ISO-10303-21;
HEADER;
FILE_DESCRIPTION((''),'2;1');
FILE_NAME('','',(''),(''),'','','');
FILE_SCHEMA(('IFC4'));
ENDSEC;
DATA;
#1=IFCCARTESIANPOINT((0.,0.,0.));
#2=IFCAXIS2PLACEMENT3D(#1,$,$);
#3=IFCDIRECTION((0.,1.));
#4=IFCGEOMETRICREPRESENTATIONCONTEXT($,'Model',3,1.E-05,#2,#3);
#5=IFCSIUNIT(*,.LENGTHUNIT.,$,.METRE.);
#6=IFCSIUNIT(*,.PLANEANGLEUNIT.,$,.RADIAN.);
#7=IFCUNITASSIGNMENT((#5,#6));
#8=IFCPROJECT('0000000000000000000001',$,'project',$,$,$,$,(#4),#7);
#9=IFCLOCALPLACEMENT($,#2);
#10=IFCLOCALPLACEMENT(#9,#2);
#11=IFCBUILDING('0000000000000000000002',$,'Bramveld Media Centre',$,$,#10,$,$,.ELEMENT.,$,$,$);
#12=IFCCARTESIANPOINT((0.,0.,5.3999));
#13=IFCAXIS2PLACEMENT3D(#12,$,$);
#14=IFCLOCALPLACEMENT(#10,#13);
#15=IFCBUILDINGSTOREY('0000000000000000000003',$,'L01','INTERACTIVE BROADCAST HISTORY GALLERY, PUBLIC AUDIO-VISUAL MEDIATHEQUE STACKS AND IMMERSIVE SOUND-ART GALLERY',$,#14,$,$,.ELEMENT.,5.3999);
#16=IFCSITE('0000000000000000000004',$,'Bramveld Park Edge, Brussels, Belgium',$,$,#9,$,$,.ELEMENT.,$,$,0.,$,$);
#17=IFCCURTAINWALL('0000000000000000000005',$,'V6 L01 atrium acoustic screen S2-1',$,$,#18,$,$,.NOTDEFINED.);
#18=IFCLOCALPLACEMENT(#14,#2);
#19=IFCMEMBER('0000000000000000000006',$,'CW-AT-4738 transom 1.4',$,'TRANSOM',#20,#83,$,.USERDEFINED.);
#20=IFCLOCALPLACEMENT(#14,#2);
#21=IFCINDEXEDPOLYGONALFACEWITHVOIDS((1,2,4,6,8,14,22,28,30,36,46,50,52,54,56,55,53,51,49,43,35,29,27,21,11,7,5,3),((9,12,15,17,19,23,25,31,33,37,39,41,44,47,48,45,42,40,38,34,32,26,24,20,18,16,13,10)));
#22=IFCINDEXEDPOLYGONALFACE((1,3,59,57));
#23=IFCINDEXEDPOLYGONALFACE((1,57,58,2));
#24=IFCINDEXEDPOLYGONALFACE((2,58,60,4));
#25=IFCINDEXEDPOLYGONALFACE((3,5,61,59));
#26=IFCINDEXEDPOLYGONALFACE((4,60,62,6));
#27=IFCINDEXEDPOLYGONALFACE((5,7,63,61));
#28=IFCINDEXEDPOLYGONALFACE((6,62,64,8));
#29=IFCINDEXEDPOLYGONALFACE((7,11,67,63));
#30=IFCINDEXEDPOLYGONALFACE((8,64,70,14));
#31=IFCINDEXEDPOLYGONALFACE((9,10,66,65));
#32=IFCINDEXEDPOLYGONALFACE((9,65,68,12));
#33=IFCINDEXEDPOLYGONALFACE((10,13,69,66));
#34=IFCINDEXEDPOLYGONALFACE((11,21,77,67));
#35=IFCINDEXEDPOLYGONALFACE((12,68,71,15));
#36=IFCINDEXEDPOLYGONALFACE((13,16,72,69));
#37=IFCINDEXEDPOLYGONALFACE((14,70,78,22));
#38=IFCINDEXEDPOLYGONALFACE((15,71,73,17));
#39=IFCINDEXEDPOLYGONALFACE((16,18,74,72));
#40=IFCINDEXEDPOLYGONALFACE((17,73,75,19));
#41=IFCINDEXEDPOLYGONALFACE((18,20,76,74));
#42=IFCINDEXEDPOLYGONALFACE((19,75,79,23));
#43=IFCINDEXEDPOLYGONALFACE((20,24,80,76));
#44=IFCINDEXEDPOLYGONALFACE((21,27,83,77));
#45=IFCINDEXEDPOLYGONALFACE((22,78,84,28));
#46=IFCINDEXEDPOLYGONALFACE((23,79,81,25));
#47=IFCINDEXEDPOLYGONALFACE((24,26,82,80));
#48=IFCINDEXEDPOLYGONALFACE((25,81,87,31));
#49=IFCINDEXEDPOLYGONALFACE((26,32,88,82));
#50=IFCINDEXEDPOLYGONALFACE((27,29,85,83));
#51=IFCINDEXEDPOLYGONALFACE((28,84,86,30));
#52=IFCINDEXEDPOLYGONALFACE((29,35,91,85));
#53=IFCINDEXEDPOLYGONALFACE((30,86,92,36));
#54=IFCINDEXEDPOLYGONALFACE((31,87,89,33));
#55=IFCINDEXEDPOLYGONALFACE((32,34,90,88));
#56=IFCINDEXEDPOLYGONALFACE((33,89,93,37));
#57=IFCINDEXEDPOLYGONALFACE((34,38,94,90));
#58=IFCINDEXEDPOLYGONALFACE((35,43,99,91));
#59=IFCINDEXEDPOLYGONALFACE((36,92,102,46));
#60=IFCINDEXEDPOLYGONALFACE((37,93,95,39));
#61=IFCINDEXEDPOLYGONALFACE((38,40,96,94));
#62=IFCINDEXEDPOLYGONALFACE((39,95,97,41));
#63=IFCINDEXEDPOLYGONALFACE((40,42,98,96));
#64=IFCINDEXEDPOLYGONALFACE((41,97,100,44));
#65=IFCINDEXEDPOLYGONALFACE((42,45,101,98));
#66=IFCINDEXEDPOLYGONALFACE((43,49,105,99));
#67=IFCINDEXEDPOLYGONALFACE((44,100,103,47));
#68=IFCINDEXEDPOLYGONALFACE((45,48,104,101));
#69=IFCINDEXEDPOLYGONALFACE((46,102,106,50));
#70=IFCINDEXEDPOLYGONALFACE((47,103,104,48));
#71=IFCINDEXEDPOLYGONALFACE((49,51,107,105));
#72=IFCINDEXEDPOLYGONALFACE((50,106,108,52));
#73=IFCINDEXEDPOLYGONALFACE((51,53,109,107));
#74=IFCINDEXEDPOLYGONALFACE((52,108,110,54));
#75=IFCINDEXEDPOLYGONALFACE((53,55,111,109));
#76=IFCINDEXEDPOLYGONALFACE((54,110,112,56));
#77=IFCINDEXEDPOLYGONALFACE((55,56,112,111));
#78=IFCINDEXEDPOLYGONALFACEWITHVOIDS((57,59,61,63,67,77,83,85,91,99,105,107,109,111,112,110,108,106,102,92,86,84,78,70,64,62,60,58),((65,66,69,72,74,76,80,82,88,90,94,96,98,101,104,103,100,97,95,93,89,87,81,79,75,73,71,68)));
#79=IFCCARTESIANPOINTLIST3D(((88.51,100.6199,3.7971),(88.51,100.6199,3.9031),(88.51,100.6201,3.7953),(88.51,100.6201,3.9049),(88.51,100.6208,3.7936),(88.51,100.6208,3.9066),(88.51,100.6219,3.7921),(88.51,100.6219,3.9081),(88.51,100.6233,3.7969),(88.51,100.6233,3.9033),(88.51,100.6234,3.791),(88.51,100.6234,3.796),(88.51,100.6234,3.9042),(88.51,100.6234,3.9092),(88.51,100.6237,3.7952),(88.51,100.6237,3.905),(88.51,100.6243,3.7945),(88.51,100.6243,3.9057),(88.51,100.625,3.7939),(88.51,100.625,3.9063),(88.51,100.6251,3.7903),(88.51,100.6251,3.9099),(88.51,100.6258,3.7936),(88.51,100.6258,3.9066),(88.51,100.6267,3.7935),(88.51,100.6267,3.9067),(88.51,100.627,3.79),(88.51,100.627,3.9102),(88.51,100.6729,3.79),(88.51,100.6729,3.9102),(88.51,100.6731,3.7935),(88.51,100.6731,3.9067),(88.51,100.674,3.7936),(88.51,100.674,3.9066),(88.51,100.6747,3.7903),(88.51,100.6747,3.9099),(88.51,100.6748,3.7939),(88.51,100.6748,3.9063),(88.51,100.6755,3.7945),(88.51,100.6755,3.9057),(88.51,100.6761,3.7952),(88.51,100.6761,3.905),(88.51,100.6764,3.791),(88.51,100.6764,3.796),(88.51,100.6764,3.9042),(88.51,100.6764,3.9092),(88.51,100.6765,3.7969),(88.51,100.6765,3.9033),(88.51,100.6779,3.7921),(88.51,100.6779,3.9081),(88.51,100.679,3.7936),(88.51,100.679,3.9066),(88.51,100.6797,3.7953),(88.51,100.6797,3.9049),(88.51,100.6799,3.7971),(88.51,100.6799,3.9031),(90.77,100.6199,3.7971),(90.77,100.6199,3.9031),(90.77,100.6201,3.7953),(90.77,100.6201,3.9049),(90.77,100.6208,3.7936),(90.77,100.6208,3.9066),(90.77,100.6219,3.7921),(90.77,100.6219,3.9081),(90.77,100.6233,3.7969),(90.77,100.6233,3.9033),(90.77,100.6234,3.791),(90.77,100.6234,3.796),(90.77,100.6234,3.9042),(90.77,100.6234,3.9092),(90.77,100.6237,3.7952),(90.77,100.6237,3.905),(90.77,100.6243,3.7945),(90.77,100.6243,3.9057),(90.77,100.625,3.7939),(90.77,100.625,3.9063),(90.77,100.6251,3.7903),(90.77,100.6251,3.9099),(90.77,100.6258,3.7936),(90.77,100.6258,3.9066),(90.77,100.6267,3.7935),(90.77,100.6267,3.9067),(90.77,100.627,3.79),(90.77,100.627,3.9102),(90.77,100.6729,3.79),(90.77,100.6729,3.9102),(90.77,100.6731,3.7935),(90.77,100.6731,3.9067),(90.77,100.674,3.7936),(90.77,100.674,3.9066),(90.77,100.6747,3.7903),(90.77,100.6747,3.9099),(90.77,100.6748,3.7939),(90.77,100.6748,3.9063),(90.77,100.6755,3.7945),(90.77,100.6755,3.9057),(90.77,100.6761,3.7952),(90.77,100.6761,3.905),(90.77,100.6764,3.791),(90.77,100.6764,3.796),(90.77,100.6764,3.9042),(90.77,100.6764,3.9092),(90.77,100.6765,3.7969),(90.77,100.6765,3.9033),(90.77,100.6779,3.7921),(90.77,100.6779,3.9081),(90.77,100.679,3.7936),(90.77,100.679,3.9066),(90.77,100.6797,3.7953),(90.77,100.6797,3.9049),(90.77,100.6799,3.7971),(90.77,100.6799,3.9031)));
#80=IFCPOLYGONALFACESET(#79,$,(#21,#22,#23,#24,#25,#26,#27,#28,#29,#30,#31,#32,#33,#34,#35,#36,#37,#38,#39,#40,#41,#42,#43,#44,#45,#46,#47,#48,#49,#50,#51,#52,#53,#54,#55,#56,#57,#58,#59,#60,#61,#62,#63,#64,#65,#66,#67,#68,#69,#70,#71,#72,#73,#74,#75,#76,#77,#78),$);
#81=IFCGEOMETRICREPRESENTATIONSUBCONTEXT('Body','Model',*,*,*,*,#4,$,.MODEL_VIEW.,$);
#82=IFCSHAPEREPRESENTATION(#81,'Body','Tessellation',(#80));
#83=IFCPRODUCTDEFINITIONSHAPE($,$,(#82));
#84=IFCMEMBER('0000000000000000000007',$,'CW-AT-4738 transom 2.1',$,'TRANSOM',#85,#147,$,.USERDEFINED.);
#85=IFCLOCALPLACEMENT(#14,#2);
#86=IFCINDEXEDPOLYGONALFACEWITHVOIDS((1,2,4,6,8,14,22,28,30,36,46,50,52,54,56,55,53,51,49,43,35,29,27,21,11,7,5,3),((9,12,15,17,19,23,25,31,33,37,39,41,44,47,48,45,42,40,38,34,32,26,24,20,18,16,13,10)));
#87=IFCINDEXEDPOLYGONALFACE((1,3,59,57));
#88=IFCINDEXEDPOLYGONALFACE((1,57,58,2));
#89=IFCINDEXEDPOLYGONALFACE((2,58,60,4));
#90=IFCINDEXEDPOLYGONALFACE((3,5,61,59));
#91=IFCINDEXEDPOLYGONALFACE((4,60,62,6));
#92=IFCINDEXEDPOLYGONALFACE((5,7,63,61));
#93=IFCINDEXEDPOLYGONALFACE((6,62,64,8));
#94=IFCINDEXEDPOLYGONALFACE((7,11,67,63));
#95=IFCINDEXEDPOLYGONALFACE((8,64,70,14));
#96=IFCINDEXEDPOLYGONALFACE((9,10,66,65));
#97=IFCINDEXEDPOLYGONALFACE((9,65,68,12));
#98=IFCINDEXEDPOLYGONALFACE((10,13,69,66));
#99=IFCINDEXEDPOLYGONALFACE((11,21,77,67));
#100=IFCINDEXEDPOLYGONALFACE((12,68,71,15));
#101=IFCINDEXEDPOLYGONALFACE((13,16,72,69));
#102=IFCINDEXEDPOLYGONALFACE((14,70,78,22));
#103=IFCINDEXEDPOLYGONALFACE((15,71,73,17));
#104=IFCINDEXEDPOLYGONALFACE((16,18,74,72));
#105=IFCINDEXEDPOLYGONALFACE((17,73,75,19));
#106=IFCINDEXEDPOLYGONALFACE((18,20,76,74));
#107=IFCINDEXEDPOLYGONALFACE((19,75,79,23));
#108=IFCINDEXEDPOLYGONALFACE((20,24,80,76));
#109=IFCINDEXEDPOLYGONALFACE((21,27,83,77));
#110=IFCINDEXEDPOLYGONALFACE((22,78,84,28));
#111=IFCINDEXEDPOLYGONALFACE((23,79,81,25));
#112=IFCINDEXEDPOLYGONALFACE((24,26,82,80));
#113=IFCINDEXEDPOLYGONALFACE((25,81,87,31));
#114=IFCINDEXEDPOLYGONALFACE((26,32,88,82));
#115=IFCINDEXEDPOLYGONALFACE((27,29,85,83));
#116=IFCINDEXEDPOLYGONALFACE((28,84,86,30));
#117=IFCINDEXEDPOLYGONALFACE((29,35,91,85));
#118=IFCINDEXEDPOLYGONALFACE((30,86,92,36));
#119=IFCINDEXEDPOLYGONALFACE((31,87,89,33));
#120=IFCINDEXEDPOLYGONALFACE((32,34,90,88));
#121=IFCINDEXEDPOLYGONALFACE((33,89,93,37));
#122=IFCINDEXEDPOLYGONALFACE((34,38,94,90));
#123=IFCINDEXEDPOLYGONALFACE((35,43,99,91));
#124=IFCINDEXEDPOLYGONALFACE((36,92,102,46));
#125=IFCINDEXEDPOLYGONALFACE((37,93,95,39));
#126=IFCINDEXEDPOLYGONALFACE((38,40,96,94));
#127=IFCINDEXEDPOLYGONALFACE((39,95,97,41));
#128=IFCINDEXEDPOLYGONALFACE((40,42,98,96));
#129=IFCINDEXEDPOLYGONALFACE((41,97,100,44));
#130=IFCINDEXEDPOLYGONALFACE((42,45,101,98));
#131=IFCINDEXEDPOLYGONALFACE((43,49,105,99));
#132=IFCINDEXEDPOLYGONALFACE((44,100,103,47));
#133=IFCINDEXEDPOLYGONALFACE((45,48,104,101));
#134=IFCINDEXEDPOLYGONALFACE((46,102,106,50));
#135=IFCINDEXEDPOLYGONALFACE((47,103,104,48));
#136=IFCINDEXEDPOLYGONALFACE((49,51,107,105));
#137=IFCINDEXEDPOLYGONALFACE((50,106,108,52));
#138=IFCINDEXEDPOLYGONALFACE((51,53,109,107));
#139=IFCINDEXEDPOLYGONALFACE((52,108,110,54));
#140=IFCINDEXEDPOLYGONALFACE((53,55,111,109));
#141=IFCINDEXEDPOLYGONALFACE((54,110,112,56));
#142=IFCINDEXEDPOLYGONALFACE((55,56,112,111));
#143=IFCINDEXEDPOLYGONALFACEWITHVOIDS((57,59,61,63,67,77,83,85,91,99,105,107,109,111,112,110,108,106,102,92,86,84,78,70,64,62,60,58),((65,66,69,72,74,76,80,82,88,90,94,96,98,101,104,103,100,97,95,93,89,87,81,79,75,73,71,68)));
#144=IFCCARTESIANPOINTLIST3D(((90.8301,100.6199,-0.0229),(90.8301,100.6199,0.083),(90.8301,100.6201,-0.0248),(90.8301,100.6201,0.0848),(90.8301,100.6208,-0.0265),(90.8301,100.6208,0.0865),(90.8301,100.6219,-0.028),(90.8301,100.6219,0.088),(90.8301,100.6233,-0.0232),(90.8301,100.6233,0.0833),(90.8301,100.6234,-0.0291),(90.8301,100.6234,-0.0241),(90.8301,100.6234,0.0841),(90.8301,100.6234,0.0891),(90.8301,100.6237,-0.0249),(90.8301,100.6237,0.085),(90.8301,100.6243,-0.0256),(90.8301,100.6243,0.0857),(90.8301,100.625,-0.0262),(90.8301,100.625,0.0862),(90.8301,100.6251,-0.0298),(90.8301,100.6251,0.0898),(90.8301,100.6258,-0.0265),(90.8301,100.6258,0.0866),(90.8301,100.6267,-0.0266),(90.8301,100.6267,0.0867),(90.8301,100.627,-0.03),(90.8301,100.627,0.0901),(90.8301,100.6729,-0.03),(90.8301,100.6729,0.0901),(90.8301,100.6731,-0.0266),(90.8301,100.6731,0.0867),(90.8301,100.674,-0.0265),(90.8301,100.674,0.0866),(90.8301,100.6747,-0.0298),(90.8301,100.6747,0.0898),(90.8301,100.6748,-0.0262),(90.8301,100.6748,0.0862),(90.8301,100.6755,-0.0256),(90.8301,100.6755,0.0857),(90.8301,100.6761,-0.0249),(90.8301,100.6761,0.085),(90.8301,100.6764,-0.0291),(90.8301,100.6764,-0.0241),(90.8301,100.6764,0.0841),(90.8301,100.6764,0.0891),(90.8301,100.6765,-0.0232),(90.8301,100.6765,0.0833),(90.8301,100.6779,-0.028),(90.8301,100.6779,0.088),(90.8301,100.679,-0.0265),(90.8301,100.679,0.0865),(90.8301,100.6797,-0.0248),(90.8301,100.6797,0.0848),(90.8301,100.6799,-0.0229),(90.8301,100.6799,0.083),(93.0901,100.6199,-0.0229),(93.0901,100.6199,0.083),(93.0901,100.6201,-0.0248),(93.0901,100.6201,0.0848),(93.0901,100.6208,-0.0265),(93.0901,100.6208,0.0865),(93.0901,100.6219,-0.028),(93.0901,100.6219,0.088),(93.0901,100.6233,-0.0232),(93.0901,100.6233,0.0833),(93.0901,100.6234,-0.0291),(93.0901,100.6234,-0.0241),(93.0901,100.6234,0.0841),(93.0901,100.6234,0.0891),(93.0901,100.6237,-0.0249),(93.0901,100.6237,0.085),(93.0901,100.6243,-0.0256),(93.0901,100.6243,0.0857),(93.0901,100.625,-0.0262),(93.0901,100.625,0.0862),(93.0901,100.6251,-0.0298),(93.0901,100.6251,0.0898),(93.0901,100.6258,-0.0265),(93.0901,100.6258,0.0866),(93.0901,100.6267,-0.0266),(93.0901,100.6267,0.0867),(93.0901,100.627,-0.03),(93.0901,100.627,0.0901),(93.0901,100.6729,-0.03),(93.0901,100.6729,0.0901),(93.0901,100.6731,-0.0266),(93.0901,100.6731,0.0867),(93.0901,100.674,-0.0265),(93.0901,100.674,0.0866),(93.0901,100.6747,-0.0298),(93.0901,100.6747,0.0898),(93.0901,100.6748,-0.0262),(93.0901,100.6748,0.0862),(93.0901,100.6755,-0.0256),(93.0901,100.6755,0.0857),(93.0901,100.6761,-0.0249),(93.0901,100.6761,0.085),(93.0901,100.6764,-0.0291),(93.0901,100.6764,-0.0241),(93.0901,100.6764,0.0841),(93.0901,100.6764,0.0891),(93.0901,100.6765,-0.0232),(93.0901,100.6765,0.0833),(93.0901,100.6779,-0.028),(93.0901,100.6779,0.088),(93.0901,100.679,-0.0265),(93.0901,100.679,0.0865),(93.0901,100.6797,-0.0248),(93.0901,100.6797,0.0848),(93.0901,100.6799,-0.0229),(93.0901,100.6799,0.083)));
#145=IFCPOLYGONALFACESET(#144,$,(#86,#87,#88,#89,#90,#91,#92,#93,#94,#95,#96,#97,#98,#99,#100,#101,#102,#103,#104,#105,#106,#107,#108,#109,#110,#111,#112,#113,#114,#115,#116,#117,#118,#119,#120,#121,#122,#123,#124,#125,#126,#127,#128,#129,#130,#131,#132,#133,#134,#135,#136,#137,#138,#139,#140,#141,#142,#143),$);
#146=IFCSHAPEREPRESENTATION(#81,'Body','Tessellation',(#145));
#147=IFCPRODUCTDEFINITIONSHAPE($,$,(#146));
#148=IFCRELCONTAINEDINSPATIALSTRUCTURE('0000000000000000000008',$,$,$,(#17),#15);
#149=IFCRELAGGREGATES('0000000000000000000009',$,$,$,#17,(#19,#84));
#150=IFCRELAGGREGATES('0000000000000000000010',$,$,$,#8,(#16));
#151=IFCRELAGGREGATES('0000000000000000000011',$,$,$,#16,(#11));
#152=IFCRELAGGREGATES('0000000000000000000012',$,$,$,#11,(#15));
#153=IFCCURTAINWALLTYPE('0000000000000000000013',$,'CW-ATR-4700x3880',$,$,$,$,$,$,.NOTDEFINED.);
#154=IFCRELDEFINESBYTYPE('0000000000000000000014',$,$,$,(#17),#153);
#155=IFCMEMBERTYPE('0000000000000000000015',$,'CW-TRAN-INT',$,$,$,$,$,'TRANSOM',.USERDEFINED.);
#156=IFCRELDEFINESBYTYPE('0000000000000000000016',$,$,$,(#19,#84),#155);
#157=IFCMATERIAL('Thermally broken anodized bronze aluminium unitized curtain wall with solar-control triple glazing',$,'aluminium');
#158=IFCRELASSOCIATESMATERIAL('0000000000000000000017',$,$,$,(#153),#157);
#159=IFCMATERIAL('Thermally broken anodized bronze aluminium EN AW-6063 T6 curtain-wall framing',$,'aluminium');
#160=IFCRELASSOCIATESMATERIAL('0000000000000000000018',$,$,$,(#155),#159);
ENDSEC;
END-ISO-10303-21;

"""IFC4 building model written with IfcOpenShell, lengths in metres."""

from ifc_helpers import new_model, si_unit, direction, frame, origin, origin_2d, place, context, subcontext, project, spatial, hollow_rectangle, extrude, material, material_profile, profile_set, type_object, element, aggregate, save


model = new_model("IFC4")

# Units and contexts
model_context = context("Model", 3, precision=1e-05, world=origin(), true_north=direction((0.0, 1.0)))
body_context = subcontext(model_context, "Body", "Model", "MODEL_VIEW")
ifc_project = project(units=[si_unit("LENGTHUNIT", "METRE"), si_unit("PLANEANGLEUNIT", "RADIAN")], contexts=[model_context])

# Site, building, storey
site_placement = place(None, origin())
site = spatial("IfcSite", under=ifc_project, at=site_placement, Name="Bramveld Park Edge, Brussels, Belgium", CompositionType="ELEMENT", RefElevation=0.0)
building_placement = place(site_placement, origin())
building = spatial("IfcBuilding", under=site, at=building_placement, Name="Bramveld Media Centre", CompositionType="ELEMENT")
storey_placement = place(building_placement, frame((0.0, 0.0, 5.3999)))
storey = spatial("IfcBuildingStorey", under=building, at=storey_placement, Name="L01", Description="INTERACTIVE BROADCAST HISTORY GALLERY, PUBLIC AUDIO-VISUAL MEDIATHEQUE STACKS AND IMMERSIVE SOUND-ART GALLERY", CompositionType="ELEMENT", Elevation=5.3999)

# Curtain wall, members
ifc_material_1 = material(Name="Thermally broken anodized bronze aluminium unitized curtain wall with solar-control triple glazing", Category="aluminium")
curtain_wall_type = type_object("IfcCurtainWallType", Name="CW-ATR-4700x3880", PredefinedType="NOTDEFINED", material=ifc_material_1)
curtain_wall_placement = place(storey_placement, origin())
curtain_wall = element("IfcCurtainWall", 1, at=curtain_wall_placement, inside=storey, type_object=curtain_wall_type, Name="V6 L01 atrium acoustic screen S2-1", PredefinedType="NOTDEFINED")
ifc_material_2 = material(Name="Thermally broken anodized bronze aluminium EN AW-6063 T6 curtain-wall framing", Category="aluminium")
ifc_material_profile_1 = material_profile(ifc_material_2, hollow_rectangle(XDim=0.0601, YDim=0.1201, WallThickness=0.0034, InnerFilletRadius=0.0034, OuterFilletRadius=0.0071, at=origin_2d()), Name="AL-TRAN 60x120")
ifc_profile_set_1 = profile_set([ifc_material_profile_1], Name="Thermally broken anodized bronze aluminium EN AW-6063 T6 curtain-wall framing")
member_type_1 = type_object("IfcMemberType", Name="CW-TRAN-INT", ElementType="TRANSOM", PredefinedType="USERDEFINED", material=ifc_profile_set_1)
member_1_placement = place(storey_placement, frame((88.51, 100.6499, 3.8501), z_axis=(1.0, 0.0, 0.0), x_axis=(0.0, 1.0, 0.0)))
member_1 = element("IfcMember", 2, at=member_1_placement, type_object=member_type_1, Name="CW-AT-4738 transom 1.4", ObjectType="TRANSOM", PredefinedType="USERDEFINED", context=body_context, shape_type="SweptSolid", body=[
    extrude(hollow_rectangle(XDim=0.0601, YDim=0.1201, WallThickness=0.0034, InnerFilletRadius=0.0034, OuterFilletRadius=0.0071, at=origin_2d()), origin(), (0.0, 0.0, 1.0), 2.26),
])
member_2_placement = place(storey_placement, frame((90.8301, 100.6499, 0.03), z_axis=(1.0, 0.0, 0.0), x_axis=(0.0, 1.0, 0.0)))
member_2 = element("IfcMember", 3, at=member_2_placement, type_object=member_type_1, Name="CW-AT-4738 transom 2.1", ObjectType="TRANSOM", PredefinedType="USERDEFINED", context=body_context, shape_type="SweptSolid", body=[
    extrude(hollow_rectangle(XDim=0.0601, YDim=0.1201, WallThickness=0.0034, InnerFilletRadius=0.0034, OuterFilletRadius=0.0071, at=origin_2d()), origin(), (0.0, 0.0, 1.0), 2.26),
])
aggregate(curtain_wall, [member_1, member_2])

save(model, "model.ifc")
